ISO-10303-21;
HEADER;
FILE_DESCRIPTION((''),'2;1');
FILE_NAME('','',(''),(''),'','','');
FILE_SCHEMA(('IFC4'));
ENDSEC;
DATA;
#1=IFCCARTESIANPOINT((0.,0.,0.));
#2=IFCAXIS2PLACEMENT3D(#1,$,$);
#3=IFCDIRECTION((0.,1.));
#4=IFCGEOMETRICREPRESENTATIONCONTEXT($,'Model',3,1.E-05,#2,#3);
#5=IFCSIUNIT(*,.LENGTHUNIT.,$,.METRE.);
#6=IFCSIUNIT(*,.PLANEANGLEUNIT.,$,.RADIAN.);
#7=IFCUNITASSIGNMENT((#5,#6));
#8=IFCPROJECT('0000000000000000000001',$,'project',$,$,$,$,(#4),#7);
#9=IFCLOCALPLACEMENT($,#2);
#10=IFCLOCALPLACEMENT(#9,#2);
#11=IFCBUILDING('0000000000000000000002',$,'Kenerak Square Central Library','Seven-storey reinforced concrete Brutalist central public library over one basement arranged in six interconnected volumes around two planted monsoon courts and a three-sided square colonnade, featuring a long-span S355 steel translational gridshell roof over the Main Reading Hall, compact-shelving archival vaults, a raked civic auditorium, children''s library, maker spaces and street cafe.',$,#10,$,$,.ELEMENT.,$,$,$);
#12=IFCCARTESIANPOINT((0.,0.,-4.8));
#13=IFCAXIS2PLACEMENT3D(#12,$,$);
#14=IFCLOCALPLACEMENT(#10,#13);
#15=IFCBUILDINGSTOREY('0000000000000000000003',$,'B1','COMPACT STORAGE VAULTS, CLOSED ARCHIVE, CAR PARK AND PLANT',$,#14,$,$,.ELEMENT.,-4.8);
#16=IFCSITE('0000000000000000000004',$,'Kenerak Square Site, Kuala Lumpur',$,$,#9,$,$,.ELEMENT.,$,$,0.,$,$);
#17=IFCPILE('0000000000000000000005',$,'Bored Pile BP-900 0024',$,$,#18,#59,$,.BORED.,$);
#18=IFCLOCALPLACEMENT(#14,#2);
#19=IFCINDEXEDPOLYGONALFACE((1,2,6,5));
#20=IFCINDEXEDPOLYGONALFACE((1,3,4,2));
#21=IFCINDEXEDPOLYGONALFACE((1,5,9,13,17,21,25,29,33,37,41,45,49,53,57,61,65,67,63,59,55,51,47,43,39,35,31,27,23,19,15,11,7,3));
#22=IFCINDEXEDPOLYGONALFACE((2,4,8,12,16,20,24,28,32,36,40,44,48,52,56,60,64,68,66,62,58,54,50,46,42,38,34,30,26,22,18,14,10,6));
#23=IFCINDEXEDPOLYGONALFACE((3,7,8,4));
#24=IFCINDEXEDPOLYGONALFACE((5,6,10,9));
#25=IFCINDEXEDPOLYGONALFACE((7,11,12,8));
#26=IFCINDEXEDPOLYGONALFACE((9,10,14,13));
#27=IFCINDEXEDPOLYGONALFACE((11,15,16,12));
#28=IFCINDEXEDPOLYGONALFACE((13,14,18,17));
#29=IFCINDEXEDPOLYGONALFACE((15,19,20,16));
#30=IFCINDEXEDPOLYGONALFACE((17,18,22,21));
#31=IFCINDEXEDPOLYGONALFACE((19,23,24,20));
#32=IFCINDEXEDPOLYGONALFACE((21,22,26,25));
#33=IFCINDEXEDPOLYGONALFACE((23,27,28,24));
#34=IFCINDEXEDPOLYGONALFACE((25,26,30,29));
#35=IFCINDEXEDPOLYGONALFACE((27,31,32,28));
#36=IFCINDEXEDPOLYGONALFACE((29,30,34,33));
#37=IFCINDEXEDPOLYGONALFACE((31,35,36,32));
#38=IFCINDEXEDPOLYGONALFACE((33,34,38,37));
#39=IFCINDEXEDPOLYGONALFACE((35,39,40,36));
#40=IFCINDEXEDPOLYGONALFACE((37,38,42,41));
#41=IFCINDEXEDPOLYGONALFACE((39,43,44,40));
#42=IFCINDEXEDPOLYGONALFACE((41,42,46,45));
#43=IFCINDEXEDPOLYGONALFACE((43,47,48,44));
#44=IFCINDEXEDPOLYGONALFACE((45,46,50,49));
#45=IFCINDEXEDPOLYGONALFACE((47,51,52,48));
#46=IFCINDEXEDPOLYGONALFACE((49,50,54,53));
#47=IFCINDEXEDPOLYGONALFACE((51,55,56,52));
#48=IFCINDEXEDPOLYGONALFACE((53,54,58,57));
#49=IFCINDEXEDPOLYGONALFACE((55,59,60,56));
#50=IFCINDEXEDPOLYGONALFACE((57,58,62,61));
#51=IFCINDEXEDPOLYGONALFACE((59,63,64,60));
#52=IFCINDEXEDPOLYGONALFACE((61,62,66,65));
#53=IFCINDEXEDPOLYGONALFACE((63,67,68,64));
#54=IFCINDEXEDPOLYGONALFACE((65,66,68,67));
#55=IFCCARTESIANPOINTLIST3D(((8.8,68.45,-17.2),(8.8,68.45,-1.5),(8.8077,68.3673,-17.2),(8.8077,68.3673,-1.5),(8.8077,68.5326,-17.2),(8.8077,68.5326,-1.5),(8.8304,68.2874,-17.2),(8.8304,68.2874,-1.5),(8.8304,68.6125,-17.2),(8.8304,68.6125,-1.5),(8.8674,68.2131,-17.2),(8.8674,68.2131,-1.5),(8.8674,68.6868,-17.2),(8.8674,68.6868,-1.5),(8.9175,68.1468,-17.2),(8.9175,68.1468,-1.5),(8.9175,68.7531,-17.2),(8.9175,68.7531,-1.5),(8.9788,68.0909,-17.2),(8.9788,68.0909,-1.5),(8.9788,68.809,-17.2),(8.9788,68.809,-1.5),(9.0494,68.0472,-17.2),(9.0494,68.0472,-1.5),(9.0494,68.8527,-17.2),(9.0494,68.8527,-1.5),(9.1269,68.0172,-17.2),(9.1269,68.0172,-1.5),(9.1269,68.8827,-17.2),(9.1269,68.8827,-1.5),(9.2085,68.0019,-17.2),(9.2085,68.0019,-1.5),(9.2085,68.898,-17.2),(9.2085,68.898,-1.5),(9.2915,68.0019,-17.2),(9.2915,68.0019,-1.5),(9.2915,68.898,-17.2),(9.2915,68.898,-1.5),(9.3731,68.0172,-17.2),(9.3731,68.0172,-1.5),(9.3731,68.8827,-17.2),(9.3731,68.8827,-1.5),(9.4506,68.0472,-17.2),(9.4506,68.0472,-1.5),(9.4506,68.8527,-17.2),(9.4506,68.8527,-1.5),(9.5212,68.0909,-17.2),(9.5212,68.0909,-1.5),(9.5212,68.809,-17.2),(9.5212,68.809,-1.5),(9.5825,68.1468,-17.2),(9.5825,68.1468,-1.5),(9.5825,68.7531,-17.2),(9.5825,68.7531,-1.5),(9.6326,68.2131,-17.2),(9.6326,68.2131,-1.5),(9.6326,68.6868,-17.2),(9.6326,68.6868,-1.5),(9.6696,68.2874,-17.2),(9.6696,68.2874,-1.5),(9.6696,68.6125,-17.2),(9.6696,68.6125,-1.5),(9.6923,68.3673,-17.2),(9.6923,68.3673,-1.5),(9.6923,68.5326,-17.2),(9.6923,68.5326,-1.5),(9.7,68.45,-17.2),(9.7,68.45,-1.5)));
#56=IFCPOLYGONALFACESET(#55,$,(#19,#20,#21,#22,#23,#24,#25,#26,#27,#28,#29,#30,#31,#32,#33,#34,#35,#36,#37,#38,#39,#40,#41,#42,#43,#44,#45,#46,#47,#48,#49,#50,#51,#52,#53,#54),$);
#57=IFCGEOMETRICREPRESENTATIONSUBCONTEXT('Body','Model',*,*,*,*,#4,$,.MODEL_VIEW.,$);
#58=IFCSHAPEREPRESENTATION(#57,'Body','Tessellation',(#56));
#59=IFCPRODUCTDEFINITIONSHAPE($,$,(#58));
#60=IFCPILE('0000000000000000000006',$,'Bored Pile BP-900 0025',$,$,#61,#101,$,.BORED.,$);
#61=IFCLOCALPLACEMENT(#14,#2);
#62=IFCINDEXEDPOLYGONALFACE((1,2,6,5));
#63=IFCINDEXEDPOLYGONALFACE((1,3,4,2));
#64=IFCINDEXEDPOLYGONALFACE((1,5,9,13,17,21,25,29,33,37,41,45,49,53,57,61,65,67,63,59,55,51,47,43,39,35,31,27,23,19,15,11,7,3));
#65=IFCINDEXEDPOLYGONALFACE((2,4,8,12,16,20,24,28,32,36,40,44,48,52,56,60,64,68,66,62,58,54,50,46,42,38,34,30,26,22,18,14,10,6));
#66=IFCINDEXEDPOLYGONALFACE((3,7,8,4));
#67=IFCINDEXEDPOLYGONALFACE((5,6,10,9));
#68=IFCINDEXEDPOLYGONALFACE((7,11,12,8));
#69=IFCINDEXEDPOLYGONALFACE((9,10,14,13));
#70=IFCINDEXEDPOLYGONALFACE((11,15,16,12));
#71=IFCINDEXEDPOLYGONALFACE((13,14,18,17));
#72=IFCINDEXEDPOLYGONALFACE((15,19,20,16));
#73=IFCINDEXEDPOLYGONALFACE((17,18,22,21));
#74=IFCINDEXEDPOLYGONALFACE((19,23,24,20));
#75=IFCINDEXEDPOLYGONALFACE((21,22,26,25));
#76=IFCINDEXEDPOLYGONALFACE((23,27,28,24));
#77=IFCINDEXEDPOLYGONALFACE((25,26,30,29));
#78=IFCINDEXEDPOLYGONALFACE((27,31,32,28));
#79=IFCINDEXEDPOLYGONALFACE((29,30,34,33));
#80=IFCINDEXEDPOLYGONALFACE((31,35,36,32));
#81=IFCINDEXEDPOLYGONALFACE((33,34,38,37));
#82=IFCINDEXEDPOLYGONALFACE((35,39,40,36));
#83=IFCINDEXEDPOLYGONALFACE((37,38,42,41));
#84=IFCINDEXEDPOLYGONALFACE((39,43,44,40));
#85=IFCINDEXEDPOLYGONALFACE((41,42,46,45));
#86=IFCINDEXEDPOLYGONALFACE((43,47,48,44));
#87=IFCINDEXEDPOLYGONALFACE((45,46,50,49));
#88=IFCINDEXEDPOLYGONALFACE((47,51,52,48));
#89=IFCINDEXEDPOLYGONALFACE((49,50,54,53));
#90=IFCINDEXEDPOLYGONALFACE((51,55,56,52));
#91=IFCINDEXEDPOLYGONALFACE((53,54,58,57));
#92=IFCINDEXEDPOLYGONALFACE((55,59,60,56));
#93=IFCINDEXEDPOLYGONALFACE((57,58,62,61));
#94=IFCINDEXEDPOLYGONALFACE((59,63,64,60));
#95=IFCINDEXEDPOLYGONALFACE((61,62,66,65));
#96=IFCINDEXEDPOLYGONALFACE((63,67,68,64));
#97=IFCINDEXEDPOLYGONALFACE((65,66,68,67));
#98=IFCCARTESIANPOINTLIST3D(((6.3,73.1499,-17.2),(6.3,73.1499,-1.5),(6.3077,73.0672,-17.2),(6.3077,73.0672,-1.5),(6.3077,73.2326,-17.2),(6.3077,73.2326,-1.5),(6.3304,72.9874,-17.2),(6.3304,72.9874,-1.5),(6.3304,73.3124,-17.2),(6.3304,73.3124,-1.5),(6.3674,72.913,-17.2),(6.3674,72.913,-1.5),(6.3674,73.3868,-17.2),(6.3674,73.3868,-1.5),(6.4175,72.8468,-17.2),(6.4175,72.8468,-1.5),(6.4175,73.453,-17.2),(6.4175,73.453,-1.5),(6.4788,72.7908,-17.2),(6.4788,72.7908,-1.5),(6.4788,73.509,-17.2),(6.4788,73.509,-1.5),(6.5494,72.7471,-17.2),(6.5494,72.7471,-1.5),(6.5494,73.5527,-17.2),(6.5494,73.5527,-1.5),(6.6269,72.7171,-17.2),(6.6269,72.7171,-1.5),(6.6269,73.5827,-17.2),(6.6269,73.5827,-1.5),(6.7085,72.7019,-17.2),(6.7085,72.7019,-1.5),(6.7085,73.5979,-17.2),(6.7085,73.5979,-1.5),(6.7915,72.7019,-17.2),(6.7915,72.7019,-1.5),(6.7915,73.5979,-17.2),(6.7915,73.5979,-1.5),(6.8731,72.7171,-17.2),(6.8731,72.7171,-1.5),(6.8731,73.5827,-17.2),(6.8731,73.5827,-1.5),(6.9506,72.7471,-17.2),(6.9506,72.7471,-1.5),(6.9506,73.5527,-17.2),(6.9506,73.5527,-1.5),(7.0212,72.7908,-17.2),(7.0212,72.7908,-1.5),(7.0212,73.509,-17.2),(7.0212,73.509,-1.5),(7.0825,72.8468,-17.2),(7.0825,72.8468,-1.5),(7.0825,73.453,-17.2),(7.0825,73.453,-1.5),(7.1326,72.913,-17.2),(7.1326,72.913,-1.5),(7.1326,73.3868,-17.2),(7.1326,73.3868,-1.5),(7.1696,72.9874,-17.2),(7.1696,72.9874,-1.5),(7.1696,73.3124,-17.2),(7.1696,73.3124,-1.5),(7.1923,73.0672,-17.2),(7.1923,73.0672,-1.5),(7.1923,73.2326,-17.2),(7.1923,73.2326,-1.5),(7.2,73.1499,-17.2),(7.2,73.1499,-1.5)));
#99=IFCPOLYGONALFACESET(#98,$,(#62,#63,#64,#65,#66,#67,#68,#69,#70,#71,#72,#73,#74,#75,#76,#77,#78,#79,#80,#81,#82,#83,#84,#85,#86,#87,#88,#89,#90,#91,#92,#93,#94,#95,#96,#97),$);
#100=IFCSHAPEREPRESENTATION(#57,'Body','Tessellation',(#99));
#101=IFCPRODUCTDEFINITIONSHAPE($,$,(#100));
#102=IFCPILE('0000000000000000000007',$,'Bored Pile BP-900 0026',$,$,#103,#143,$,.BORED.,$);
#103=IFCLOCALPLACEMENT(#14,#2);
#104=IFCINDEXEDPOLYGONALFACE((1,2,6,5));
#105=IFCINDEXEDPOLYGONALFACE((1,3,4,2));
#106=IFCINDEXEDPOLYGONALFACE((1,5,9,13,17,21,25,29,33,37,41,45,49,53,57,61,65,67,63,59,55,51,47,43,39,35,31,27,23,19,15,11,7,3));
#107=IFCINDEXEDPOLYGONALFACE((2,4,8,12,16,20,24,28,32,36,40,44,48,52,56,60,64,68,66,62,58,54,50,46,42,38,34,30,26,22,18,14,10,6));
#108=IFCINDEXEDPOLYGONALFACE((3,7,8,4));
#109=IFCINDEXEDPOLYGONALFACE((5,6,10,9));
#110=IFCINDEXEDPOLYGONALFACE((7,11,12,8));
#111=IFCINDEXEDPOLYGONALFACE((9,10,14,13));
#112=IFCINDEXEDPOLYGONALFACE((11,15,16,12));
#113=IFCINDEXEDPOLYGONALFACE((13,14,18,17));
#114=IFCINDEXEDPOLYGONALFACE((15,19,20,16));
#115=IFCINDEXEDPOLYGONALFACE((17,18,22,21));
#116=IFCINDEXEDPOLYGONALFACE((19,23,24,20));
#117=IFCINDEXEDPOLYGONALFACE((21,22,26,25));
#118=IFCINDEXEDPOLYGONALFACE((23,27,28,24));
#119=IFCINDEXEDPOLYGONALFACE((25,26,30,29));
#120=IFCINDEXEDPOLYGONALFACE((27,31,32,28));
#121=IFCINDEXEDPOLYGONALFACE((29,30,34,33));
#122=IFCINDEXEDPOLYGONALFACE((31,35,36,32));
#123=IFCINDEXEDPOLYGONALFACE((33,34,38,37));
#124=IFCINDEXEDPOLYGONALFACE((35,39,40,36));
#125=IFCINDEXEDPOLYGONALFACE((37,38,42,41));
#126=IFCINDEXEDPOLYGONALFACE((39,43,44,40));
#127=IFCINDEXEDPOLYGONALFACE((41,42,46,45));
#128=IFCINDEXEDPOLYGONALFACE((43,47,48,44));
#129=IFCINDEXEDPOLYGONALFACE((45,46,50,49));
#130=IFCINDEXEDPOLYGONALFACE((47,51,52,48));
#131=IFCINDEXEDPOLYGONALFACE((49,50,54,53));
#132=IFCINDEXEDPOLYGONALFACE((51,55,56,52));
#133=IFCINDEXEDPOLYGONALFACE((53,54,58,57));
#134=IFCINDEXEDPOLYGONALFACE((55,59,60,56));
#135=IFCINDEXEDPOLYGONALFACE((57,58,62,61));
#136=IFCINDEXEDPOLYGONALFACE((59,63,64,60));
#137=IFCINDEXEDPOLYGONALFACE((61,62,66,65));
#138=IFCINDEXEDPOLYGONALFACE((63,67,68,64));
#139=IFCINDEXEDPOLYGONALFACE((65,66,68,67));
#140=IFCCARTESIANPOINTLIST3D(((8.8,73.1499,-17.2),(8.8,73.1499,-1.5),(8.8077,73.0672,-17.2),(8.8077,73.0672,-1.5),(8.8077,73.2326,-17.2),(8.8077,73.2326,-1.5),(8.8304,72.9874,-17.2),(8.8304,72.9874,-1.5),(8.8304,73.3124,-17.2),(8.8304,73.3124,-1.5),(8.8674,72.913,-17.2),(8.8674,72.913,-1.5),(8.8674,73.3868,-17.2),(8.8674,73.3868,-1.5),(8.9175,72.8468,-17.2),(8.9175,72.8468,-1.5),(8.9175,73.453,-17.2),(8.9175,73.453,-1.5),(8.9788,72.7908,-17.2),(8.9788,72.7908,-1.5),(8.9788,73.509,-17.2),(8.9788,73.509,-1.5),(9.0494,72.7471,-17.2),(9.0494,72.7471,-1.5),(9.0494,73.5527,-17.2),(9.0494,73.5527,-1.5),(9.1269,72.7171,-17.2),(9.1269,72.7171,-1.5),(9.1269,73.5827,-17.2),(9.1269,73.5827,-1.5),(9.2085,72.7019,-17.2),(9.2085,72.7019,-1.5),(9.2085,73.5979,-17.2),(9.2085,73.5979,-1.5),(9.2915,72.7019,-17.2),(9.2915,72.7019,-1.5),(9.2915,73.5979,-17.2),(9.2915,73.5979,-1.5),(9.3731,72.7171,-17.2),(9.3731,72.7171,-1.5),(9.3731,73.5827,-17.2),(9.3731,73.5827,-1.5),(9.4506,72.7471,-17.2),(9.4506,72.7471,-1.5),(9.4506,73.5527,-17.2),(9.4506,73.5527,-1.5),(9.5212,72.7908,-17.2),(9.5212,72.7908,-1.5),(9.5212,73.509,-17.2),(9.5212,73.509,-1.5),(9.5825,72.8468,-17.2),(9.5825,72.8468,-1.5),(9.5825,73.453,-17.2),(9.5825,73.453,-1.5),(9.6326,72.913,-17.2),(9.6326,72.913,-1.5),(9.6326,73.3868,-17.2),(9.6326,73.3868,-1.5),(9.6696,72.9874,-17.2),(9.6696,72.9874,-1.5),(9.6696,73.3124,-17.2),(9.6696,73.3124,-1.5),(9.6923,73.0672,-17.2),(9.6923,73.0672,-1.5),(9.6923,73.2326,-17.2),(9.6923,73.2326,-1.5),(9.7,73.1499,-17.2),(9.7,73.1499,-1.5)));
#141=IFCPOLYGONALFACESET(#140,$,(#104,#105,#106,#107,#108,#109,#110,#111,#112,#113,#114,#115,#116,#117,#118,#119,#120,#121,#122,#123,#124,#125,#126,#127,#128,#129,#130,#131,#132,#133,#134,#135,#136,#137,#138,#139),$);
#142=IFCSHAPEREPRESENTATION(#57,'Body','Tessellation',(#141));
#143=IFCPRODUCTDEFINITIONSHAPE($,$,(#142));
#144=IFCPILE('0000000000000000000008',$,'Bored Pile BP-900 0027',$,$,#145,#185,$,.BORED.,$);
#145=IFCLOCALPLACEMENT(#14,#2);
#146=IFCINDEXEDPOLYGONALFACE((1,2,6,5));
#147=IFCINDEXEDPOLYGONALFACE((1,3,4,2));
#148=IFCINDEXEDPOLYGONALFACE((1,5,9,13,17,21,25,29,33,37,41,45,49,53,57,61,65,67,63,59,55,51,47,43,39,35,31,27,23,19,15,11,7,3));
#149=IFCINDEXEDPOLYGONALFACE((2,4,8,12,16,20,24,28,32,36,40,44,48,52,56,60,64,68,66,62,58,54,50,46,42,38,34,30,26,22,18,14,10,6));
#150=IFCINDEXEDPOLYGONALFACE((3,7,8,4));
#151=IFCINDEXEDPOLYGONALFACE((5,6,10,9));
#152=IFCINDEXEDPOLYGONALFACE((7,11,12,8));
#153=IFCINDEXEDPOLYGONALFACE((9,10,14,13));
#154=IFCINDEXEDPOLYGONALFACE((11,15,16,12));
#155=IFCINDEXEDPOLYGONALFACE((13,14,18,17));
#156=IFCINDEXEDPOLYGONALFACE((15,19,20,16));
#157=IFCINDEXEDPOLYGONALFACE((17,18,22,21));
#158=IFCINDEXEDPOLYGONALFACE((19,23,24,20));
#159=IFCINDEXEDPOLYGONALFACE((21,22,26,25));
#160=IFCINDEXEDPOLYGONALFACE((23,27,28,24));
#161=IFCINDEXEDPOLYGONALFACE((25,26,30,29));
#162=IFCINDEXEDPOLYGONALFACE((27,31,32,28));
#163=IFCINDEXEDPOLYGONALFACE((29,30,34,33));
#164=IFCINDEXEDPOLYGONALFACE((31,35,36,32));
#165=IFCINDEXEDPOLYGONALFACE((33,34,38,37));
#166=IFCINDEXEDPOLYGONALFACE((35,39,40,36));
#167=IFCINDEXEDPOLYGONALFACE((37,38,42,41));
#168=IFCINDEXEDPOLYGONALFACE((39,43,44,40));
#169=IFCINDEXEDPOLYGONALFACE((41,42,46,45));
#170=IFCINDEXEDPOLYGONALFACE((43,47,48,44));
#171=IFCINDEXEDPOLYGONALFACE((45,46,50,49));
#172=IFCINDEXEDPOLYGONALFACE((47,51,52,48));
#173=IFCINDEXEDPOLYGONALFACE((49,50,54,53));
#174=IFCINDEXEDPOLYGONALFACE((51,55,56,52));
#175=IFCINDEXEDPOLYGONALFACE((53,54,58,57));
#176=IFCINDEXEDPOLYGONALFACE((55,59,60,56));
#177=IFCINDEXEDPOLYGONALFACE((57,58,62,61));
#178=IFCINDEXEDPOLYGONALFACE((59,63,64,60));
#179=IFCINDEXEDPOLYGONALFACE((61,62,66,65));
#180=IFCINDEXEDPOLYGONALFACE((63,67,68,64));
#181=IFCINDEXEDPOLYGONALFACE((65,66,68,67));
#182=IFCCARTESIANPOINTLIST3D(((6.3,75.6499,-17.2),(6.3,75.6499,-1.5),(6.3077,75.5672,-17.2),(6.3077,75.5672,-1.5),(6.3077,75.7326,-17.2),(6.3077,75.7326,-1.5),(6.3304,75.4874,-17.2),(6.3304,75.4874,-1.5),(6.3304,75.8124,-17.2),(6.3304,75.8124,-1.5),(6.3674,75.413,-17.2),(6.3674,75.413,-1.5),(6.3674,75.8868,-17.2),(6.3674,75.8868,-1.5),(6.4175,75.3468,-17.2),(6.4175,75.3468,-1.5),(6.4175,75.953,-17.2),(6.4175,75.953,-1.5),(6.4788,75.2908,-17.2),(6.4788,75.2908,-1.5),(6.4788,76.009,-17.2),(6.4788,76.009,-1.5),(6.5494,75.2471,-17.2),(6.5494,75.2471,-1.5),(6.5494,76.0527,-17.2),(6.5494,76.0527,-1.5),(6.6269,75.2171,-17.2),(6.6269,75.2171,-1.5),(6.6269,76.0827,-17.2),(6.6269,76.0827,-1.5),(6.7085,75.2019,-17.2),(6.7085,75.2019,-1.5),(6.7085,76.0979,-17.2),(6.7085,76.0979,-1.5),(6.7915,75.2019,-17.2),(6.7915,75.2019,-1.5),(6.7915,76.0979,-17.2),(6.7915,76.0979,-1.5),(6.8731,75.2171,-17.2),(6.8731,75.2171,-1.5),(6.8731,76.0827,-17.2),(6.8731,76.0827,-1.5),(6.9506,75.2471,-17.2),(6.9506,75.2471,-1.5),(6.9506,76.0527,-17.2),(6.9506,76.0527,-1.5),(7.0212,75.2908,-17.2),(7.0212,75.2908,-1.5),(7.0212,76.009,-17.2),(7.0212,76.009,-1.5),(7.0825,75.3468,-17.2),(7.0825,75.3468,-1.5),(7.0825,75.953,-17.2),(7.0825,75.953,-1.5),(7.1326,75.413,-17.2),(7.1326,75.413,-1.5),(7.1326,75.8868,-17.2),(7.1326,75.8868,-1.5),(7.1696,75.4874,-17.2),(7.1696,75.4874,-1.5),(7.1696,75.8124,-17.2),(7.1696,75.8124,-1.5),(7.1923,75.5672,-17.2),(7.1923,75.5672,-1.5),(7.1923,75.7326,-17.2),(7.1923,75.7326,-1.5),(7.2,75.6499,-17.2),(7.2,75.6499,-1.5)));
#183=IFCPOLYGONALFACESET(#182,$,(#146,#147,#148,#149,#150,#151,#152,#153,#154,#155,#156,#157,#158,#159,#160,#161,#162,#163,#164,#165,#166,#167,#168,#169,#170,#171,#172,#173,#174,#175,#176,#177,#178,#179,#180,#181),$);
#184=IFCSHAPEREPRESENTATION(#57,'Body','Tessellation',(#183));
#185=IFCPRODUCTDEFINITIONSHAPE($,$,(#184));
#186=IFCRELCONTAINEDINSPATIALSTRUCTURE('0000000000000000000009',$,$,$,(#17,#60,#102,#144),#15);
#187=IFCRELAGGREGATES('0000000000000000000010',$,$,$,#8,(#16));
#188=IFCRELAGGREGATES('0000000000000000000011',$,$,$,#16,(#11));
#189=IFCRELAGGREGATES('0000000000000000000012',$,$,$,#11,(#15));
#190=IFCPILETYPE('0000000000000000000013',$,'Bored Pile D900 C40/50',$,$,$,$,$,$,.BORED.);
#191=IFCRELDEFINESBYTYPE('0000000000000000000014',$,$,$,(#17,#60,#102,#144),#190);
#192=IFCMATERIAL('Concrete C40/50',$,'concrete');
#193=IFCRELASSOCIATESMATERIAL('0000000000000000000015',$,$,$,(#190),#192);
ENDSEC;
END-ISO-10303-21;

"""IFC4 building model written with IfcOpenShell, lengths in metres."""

from ifc_helpers import new_model, si_unit, direction, frame, origin, origin_2d, place, context, subcontext, project, spatial, circle, extrude, material, material_profile, profile_set, type_object, element, save


model = new_model("IFC4")

# Units and contexts
model_context = context("Model", 3, precision=1e-05, world=origin(), true_north=direction((0.0, 1.0)))
body_context = subcontext(model_context, "Body", "Model", "MODEL_VIEW")
ifc_project = project(units=[si_unit("LENGTHUNIT", "METRE"), si_unit("PLANEANGLEUNIT", "RADIAN")], contexts=[model_context])

# Site, building, storey
site_placement = place(None, origin())
site = spatial("IfcSite", under=ifc_project, at=site_placement, Name="Kenerak Square Site, Kuala Lumpur", CompositionType="ELEMENT", RefElevation=0.0)
building_placement = place(site_placement, origin())
building = spatial("IfcBuilding", under=site, at=building_placement, Name="Kenerak Square Central Library", Description="Seven-storey reinforced concrete Brutalist central public library over one basement arranged in six interconnected volumes around two planted monsoon courts and a three-sided square colonnade, featuring a long-span S355 steel translational gridshell roof over the Main Reading Hall, compact-shelving archival vaults, a raked civic auditorium, children's library, maker spaces and street cafe.", CompositionType="ELEMENT")
storey_placement = place(building_placement, frame((0.0, 0.0, -4.8)))
storey = spatial("IfcBuildingStorey", under=building, at=storey_placement, Name="B1", Description="COMPACT STORAGE VAULTS, CLOSED ARCHIVE, CAR PARK AND PLANT", CompositionType="ELEMENT", Elevation=-4.8)

# Piles
ifc_material_1 = material(Name="Concrete C40/50", Category="concrete")
ifc_material_profile_1 = material_profile(ifc_material_1, circle(Radius=0.45, at=origin_2d()), Name="BP D900")
ifc_profile_set_1 = profile_set([ifc_material_profile_1], Name="Concrete C40/50")
pile_type = type_object("IfcPileType", Name="Bored Pile D900 C40/50", PredefinedType="BORED", material=ifc_profile_set_1)
for number, where, z_axis, x_axis, name in (
    (1, (9.25, 68.45, -1.5), (0.0, 0.0, -1.0), (1.0, 0.0, 0.0), "Bored Pile BP-900 0024"),
    (2, (6.75, 73.1499, -1.5), (0.0, 0.0, -1.0), (1.0, 0.0, 0.0), "Bored Pile BP-900 0025"),
    (3, (9.25, 73.1499, -1.5), (0.0, 0.0, -1.0), (1.0, 0.0, 0.0), "Bored Pile BP-900 0026"),
    (4, (6.75, 75.6499, -1.5), (0.0, 0.0, -1.0), (1.0, 0.0, 0.0), "Bored Pile BP-900 0027"),
):
    element("IfcPile", number, at=place(storey_placement, frame(where, z_axis=z_axis, x_axis=x_axis)), inside=storey, type_object=pile_type, Name=name, PredefinedType="BORED", context=body_context, shape_type="SweptSolid", body=[
        extrude(circle(Radius=0.45, at=origin_2d()), origin(), (0.0, 0.0, 1.0), 15.7),
    ])

save(model, "model.ifc")
